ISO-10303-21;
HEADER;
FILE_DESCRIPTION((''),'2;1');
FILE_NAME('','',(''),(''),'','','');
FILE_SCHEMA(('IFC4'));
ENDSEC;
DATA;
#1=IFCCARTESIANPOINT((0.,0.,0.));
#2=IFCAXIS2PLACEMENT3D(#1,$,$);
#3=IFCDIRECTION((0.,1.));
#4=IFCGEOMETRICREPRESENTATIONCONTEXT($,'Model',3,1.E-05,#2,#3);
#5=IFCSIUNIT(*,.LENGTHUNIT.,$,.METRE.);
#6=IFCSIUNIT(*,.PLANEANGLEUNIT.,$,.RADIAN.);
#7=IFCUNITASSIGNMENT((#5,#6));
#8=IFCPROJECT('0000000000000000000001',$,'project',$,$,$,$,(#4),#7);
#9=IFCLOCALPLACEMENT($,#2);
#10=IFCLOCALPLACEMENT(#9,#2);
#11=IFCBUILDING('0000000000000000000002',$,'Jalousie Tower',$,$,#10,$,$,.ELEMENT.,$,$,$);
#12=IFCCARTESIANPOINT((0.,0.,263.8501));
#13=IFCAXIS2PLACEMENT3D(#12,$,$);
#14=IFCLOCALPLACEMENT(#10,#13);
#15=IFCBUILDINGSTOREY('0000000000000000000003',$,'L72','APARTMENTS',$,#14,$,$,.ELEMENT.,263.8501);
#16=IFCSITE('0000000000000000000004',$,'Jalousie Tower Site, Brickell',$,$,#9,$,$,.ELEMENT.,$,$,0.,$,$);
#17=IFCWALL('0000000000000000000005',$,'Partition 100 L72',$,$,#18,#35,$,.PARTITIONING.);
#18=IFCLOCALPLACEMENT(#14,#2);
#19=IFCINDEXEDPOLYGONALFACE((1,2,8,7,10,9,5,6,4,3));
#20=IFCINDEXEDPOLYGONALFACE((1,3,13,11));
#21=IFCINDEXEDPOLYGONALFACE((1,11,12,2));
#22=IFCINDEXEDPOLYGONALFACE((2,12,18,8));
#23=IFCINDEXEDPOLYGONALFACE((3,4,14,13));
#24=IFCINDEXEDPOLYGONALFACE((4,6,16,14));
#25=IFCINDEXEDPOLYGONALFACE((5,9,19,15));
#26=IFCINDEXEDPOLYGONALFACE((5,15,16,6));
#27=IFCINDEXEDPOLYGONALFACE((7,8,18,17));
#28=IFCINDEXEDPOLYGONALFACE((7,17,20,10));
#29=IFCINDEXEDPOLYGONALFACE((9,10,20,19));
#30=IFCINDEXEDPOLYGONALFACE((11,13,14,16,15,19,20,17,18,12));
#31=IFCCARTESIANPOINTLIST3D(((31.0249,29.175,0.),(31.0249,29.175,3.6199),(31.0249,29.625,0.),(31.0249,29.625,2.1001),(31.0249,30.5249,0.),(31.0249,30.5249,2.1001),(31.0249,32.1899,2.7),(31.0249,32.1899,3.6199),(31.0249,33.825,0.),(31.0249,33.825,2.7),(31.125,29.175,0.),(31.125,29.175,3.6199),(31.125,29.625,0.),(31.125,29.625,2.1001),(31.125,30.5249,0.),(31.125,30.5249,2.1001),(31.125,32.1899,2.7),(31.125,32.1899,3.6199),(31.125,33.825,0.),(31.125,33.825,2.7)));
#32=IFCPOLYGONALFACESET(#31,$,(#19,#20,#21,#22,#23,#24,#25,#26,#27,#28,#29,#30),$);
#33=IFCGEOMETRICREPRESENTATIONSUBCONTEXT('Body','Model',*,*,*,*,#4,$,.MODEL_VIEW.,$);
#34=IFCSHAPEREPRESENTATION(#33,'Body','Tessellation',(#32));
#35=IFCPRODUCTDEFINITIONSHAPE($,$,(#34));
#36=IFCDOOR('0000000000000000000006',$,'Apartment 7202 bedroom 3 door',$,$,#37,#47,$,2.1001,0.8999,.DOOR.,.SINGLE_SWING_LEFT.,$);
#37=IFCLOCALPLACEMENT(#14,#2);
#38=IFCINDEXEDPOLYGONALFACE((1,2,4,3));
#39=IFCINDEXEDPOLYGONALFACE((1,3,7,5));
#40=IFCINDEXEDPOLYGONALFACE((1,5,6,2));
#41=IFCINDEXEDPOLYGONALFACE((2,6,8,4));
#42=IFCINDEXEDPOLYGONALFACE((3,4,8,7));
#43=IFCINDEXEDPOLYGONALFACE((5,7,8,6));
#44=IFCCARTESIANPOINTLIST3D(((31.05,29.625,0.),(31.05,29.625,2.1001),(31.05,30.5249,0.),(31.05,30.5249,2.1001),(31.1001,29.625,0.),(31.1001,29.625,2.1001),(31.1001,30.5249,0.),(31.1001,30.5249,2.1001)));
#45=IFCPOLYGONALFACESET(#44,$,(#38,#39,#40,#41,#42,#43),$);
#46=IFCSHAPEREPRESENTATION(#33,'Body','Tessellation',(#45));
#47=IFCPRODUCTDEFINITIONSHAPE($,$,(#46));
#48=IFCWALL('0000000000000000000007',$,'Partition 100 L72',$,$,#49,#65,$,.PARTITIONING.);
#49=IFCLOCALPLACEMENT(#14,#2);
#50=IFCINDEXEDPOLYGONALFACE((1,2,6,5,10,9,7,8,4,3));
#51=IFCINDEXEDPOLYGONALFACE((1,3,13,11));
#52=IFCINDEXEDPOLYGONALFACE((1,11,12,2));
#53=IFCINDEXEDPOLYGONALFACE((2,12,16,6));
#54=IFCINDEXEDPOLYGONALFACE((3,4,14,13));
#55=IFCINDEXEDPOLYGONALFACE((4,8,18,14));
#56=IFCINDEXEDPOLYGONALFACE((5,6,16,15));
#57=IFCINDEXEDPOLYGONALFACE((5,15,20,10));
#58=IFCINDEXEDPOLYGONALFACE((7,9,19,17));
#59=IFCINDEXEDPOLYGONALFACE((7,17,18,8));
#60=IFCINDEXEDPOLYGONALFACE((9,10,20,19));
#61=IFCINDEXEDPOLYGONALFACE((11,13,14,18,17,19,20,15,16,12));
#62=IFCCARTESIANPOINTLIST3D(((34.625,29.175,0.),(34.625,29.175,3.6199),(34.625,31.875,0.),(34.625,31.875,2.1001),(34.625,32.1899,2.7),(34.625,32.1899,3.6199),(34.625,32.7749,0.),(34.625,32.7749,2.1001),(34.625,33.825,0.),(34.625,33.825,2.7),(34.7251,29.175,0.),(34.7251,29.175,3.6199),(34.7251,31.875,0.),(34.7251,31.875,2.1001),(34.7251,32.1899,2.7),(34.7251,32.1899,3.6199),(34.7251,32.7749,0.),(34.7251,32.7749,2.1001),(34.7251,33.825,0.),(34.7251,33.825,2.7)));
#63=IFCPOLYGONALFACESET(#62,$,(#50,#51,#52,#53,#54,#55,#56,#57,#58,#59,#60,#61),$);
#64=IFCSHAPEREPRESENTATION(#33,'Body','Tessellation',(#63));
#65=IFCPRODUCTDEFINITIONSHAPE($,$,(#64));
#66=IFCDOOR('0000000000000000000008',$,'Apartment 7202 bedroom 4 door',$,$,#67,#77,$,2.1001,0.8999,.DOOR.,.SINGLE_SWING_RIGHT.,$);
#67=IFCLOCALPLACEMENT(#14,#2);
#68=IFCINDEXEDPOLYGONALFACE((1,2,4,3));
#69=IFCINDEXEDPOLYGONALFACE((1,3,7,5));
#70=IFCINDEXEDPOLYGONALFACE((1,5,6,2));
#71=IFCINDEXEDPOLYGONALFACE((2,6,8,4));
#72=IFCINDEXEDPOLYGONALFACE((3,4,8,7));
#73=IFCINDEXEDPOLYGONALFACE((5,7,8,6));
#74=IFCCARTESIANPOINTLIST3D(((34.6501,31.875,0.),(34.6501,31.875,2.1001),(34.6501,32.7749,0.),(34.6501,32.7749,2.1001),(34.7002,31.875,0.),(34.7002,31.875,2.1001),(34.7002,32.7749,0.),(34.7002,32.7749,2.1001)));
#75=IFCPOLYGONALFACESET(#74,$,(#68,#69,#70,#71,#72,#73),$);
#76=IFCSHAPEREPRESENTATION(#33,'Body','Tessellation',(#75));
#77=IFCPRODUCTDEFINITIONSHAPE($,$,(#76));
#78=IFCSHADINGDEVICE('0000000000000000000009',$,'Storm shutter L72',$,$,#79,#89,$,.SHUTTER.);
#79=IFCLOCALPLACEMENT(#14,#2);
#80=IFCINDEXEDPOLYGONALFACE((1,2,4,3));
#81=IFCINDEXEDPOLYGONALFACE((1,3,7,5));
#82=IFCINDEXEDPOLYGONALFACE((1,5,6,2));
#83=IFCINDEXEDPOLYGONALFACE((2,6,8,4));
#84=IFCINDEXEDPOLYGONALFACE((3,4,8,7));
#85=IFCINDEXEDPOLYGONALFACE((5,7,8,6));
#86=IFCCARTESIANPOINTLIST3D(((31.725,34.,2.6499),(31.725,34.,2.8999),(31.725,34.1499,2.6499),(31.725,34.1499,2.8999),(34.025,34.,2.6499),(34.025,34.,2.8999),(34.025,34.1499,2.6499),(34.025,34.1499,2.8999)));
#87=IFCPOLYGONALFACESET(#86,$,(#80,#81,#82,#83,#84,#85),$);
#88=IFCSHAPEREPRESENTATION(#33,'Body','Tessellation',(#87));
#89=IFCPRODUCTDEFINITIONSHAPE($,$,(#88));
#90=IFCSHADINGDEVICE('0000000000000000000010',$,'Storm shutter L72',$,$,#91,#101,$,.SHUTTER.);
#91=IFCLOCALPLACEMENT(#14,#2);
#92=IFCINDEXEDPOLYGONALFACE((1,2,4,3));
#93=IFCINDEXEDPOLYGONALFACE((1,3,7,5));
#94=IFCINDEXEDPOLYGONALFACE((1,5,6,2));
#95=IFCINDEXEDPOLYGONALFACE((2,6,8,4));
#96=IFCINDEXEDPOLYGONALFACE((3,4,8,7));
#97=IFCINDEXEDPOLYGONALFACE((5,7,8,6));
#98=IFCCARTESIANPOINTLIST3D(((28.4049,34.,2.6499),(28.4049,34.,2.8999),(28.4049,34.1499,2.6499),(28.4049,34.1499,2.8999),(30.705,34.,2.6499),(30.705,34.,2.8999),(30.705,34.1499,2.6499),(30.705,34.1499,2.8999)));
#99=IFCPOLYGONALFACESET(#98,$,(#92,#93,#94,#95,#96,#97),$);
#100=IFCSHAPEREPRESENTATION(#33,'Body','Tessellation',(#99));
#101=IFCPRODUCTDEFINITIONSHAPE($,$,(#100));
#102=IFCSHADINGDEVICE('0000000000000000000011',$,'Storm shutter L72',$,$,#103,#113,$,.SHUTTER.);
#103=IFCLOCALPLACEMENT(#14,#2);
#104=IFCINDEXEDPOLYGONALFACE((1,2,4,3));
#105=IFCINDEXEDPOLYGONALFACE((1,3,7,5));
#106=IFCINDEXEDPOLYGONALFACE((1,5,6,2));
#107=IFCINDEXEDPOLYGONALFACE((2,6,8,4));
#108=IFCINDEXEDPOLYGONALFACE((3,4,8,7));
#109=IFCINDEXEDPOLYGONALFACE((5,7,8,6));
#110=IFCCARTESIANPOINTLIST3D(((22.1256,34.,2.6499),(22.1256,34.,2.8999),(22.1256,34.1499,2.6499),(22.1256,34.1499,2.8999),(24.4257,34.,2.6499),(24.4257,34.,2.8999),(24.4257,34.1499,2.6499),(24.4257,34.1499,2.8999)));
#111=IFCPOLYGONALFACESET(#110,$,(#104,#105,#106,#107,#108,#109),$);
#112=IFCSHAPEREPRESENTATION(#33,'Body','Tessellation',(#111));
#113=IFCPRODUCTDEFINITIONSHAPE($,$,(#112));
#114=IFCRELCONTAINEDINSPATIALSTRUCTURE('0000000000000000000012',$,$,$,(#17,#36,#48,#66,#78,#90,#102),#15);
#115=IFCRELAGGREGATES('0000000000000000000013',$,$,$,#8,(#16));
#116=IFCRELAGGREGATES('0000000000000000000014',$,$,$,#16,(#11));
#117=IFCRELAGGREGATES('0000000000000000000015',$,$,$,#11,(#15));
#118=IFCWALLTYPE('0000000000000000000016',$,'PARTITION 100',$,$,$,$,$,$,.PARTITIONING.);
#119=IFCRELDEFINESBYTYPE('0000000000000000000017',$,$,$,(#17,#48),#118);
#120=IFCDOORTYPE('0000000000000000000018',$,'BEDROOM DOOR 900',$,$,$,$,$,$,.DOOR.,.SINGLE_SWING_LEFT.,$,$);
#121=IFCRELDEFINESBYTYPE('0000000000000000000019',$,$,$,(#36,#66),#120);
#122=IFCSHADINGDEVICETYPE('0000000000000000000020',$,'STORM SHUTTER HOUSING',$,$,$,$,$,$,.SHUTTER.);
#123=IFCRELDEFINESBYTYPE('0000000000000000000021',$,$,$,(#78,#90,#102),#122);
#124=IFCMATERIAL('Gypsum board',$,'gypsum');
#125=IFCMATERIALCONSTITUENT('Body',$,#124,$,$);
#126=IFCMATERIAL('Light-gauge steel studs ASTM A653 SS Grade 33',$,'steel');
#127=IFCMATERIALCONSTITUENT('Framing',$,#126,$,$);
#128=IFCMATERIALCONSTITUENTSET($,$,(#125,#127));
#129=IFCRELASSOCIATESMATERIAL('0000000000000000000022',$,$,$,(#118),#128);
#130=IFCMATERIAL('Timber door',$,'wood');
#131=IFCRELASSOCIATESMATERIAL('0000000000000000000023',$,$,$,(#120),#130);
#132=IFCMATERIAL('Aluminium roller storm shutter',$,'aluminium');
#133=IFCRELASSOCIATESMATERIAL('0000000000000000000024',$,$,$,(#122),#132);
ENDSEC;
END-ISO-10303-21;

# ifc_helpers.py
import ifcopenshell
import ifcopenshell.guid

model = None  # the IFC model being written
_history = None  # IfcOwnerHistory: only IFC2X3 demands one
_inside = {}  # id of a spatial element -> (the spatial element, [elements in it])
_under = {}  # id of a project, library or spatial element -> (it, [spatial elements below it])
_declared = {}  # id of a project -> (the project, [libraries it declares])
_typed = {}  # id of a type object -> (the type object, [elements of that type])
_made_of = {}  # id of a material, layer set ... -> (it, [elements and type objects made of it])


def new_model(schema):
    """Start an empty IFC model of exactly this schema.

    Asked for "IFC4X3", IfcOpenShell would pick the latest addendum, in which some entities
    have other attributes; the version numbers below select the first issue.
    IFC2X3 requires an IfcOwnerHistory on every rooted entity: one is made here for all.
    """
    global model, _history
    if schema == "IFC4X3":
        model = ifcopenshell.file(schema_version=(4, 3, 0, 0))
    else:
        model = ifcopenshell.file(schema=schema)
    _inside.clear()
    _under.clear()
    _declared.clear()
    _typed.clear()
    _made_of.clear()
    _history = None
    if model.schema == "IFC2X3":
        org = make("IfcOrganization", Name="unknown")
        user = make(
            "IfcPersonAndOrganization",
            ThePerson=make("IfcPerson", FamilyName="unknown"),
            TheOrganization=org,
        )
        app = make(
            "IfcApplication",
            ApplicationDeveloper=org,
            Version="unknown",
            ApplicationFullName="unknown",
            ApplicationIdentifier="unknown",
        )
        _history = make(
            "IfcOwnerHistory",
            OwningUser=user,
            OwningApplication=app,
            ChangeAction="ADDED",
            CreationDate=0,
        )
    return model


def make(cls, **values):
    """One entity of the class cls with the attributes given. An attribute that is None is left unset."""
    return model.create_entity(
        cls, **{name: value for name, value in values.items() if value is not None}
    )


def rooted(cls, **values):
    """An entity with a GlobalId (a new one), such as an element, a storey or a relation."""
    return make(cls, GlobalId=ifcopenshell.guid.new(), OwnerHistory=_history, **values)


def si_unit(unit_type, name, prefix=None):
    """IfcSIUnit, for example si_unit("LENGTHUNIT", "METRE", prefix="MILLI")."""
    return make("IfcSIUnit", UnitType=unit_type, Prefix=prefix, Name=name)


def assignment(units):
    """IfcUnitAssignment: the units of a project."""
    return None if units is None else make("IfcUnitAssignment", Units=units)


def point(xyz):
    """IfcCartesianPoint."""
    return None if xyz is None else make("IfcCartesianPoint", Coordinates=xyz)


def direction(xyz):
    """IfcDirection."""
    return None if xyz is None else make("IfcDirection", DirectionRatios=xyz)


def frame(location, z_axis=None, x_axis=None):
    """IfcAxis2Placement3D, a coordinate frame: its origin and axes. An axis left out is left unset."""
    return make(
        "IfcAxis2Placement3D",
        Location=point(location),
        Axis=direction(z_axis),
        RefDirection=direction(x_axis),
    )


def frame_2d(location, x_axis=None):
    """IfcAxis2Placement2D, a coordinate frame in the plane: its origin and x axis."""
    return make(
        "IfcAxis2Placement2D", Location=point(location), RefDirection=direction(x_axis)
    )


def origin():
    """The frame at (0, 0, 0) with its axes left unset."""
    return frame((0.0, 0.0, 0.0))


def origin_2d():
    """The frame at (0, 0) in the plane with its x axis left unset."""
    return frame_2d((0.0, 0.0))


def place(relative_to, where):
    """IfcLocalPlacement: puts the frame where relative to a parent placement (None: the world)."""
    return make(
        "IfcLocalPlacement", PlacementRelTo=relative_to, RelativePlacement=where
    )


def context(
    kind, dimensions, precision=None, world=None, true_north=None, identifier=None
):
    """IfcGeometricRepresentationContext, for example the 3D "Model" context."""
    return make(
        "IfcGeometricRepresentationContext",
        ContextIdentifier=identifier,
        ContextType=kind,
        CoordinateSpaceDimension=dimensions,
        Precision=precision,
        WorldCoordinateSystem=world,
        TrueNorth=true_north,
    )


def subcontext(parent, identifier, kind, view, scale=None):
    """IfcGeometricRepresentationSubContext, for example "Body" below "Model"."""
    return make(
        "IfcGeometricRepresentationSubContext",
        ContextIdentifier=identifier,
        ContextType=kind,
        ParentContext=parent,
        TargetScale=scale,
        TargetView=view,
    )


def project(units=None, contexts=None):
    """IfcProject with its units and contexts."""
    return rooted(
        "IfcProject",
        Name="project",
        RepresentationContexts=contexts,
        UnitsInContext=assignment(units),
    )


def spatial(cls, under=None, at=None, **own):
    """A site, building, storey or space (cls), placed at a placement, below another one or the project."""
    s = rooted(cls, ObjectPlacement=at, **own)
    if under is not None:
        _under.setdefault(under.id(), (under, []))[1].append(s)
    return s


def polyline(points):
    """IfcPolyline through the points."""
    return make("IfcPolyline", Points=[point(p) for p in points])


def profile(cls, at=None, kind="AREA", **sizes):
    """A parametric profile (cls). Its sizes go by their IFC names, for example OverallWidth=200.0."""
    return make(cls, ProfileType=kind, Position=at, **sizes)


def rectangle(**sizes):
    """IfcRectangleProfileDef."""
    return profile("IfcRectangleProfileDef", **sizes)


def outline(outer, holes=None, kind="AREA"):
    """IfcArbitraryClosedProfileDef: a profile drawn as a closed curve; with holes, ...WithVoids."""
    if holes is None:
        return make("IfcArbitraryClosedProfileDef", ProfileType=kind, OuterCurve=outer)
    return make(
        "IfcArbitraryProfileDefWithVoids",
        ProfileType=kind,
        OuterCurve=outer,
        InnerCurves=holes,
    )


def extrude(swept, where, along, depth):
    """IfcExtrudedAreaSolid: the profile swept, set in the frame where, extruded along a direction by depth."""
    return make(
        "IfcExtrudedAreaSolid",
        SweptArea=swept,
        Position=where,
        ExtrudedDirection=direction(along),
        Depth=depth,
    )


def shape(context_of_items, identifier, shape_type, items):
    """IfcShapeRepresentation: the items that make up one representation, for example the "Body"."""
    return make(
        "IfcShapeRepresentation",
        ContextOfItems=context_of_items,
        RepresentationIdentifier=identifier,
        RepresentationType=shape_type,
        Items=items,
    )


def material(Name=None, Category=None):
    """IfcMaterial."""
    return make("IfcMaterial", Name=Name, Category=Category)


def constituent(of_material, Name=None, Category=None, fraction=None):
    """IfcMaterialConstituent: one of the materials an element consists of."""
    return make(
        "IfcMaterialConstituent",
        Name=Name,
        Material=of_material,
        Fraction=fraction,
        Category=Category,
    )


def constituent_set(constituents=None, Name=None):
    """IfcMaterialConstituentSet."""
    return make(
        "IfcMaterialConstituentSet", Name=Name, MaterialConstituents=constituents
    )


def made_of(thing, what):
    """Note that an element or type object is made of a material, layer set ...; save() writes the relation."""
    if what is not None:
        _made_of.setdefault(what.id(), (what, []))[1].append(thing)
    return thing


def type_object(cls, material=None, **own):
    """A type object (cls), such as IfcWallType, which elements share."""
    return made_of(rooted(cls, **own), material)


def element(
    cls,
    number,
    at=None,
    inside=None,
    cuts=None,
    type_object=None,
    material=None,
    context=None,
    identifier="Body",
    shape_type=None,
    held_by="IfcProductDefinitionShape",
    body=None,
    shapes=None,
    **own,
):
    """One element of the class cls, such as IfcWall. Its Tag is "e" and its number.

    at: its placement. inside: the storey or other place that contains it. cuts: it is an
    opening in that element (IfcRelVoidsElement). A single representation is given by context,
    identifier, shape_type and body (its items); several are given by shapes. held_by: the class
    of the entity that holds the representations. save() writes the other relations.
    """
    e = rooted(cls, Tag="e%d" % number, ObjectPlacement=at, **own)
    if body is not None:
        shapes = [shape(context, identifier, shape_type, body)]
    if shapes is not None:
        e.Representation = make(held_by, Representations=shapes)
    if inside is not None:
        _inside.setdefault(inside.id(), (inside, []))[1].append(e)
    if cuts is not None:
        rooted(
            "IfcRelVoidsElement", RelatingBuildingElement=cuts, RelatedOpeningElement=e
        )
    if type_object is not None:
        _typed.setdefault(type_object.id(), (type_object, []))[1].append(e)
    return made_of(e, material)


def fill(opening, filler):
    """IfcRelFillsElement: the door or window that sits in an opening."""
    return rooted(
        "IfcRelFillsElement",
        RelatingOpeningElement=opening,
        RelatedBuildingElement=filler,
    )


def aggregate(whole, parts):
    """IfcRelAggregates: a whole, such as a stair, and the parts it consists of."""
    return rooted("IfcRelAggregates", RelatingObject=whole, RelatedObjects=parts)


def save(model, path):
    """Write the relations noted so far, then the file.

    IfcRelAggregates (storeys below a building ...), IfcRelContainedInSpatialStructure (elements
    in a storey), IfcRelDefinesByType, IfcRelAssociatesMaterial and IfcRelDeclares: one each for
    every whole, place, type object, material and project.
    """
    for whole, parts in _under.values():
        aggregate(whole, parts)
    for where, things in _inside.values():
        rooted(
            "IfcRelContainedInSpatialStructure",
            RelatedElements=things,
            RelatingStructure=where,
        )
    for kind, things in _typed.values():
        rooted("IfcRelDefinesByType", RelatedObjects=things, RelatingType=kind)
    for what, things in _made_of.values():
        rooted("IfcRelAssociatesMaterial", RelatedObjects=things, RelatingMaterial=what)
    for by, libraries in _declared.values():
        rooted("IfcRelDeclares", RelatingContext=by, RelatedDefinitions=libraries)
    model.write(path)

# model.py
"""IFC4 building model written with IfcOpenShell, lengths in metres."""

from ifc_helpers import new_model, si_unit, direction, frame, frame_2d, origin, origin_2d, place, context, subcontext, project, spatial, polyline, rectangle, outline, extrude, material, constituent, constituent_set, type_object, element, fill, save


model = new_model("IFC4")

# Units and contexts
model_context = context("Model", 3, precision=1e-05, world=origin(), true_north=direction((0.0, 1.0)))
body_context = subcontext(model_context, "Body", "Model", "MODEL_VIEW")
ifc_project = project(units=[si_unit("LENGTHUNIT", "METRE"), si_unit("PLANEANGLEUNIT", "RADIAN")], contexts=[model_context])

# Site, building, storey
site_placement = place(None, origin())
site = spatial("IfcSite", under=ifc_project, at=site_placement, Name="Jalousie Tower Site, Brickell", CompositionType="ELEMENT", RefElevation=0.0)
building_placement = place(site_placement, origin())
building = spatial("IfcBuilding", under=site, at=building_placement, Name="Jalousie Tower", CompositionType="ELEMENT")
storey_placement = place(building_placement, frame((0.0, 0.0, 263.8501)))
storey = spatial("IfcBuildingStorey", under=building, at=storey_placement, Name="L72", Description="APARTMENTS", CompositionType="ELEMENT", Elevation=263.8501)

# Walls, openings, doors
ifc_material_1 = material(Name="Gypsum board", Category="gypsum")
ifc_constituent_1 = constituent(ifc_material_1, Name="Body")
ifc_material_2 = material(Name="Light-gauge steel studs ASTM A653 SS Grade 33", Category="steel")
ifc_constituent_2 = constituent(ifc_material_2, Name="Framing")
ifc_constituent_set = constituent_set(constituents=[ifc_constituent_1, ifc_constituent_2])
wall_type = type_object("IfcWallType", Name="PARTITION 100", PredefinedType="PARTITIONING", material=ifc_constituent_set)
ifc_material_3 = material(Name="Timber door", Category="wood")
door_type = type_object("IfcDoorType", Name="BEDROOM DOOR 900", OperationType="SINGLE_SWING_LEFT", PredefinedType="DOOR", material=ifc_material_3)
wall_1_placement = place(storey_placement, frame((31.075, 33.825, 0.0), z_axis=(0.0, 0.0, 1.0), x_axis=(0.0, -1.0, 0.0)))
wall_1 = element("IfcWall", 1, at=wall_1_placement, inside=storey, type_object=wall_type, Name="Partition 100 L72", PredefinedType="PARTITIONING", context=body_context, shape_type="SweptSolid", body=[
    extrude(outline(polyline([(0.0, 0.0), (4.6499, 0.0), (4.6499, 3.6199), (1.635, 3.6199), (1.635, 2.7), (0.0, 2.7), (0.0, 3.6199), (0.0, 0.0)])), frame((0.0, 0.05, 0.0), z_axis=(0.0, -1.0, 0.0), x_axis=(1.0, 0.0, 0.0)), (0.0, 0.0, 1.0), 0.1001),
])
opening_1_placement = place(wall_1_placement, frame((3.3, 0.0, 0.0)))
opening_1 = element("IfcOpeningElement", 2, at=opening_1_placement, cuts=wall_1, PredefinedType="OPENING", context=body_context, shape_type="SweptSolid", body=[
    extrude(rectangle(XDim=0.8999, YDim=2.1001, at=frame_2d((0.45, 1.05))), frame((0.0, 0.0601, 0.0), z_axis=(0.0, -1.0, 0.0), x_axis=(1.0, 0.0, 0.0)), (0.0, 0.0, 1.0), 0.1201),
])
door_1_placement = place(opening_1_placement, frame((0.8999, 0.0, 0.0), z_axis=(0.0, 0.0, 1.0), x_axis=(-1.0, 0.0, 0.0)))
door_1 = element("IfcDoor", 3, at=door_1_placement, inside=storey, type_object=door_type, Name="Apartment 7202 bedroom 3 door", OperationType="SINGLE_SWING_LEFT", OverallHeight=2.1001, OverallWidth=0.8999, PredefinedType="DOOR", context=body_context, shape_type="SweptSolid", body=[
    extrude(rectangle(XDim=0.8999, YDim=2.1001, at=frame_2d((0.45, 1.05))), frame((0.0, 0.0249, 0.0), z_axis=(0.0, -1.0, 0.0), x_axis=(1.0, 0.0, 0.0)), (0.0, 0.0, 1.0), 0.05),
])
fill(opening_1, door_1)
wall_2_placement = place(storey_placement, frame((34.675, 33.825, 0.0), z_axis=(0.0, 0.0, 1.0), x_axis=(0.0, -1.0, 0.0)))
wall_2 = element("IfcWall", 4, at=wall_2_placement, inside=storey, type_object=wall_type, Name="Partition 100 L72", PredefinedType="PARTITIONING", context=body_context, shape_type="SweptSolid", body=[
    extrude(outline(polyline([(0.0, 0.0), (4.6499, 0.0), (4.6499, 3.6199), (1.635, 3.6199), (1.635, 2.7), (0.0, 2.7), (0.0, 3.6199), (0.0, 0.0)])), frame((0.0, 0.05, 0.0), z_axis=(0.0, -1.0, 0.0), x_axis=(1.0, 0.0, 0.0)), (0.0, 0.0, 1.0), 0.1001),
])
opening_2_placement = place(wall_2_placement, frame((1.05, 0.0, 0.0)))
opening_2 = element("IfcOpeningElement", 5, at=opening_2_placement, cuts=wall_2, PredefinedType="OPENING", context=body_context, shape_type="SweptSolid", body=[
    extrude(rectangle(XDim=0.8999, YDim=2.1001, at=frame_2d((0.45, 1.05))), frame((0.0, 0.0601, 0.0), z_axis=(0.0, -1.0, 0.0), x_axis=(1.0, 0.0, 0.0)), (0.0, 0.0, 1.0), 0.1201),
])
door_2_placement = place(opening_2_placement, frame((0.8999, 0.0, 0.0), z_axis=(0.0, 0.0, 1.0), x_axis=(-1.0, 0.0, 0.0)))
door_2 = element("IfcDoor", 6, at=door_2_placement, inside=storey, type_object=door_type, Name="Apartment 7202 bedroom 4 door", OperationType="SINGLE_SWING_RIGHT", OverallHeight=2.1001, OverallWidth=0.8999, PredefinedType="DOOR", context=body_context, shape_type="SweptSolid", body=[
    extrude(rectangle(XDim=0.8999, YDim=2.1001, at=frame_2d((0.45, 1.05))), frame((0.0, 0.0249, 0.0), z_axis=(0.0, -1.0, 0.0), x_axis=(1.0, 0.0, 0.0)), (0.0, 0.0, 1.0), 0.05),
])
fill(opening_2, door_2)

# Shading devices
ifc_material_4 = material(Name="Aluminium roller storm shutter", Category="aluminium")
shading_device_type = type_object("IfcShadingDeviceType", Name="STORM SHUTTER HOUSING", PredefinedType="SHUTTER", material=ifc_material_4)
for number, where, z_axis, x_axis, name in (
    (7, (32.875, 34.075, 2.6499), (0.0, 0.0, 1.0), (-1.0, 0.0, 0.0), "Storm shutter L72"),
    (8, (29.5549, 34.075, 2.6499), (0.0, 0.0, 1.0), (-1.0, 0.0, 0.0), "Storm shutter L72"),
    (9, (23.2756, 34.075, 2.6499), (0.0, 0.0, 1.0), (-1.0, 0.0, 0.0), "Storm shutter L72"),
):
    element("IfcShadingDevice", number, at=place(storey_placement, frame(where, z_axis=z_axis, x_axis=x_axis)), inside=storey, type_object=shading_device_type, Name=name, PredefinedType="SHUTTER", context=body_context, shape_type="SweptSolid", body=[
        extrude(rectangle(XDim=2.3, YDim=0.1499, at=origin_2d()), origin(), (0.0, 0.0, 1.0), 0.25),
    ])

save(model, "model.ifc")
